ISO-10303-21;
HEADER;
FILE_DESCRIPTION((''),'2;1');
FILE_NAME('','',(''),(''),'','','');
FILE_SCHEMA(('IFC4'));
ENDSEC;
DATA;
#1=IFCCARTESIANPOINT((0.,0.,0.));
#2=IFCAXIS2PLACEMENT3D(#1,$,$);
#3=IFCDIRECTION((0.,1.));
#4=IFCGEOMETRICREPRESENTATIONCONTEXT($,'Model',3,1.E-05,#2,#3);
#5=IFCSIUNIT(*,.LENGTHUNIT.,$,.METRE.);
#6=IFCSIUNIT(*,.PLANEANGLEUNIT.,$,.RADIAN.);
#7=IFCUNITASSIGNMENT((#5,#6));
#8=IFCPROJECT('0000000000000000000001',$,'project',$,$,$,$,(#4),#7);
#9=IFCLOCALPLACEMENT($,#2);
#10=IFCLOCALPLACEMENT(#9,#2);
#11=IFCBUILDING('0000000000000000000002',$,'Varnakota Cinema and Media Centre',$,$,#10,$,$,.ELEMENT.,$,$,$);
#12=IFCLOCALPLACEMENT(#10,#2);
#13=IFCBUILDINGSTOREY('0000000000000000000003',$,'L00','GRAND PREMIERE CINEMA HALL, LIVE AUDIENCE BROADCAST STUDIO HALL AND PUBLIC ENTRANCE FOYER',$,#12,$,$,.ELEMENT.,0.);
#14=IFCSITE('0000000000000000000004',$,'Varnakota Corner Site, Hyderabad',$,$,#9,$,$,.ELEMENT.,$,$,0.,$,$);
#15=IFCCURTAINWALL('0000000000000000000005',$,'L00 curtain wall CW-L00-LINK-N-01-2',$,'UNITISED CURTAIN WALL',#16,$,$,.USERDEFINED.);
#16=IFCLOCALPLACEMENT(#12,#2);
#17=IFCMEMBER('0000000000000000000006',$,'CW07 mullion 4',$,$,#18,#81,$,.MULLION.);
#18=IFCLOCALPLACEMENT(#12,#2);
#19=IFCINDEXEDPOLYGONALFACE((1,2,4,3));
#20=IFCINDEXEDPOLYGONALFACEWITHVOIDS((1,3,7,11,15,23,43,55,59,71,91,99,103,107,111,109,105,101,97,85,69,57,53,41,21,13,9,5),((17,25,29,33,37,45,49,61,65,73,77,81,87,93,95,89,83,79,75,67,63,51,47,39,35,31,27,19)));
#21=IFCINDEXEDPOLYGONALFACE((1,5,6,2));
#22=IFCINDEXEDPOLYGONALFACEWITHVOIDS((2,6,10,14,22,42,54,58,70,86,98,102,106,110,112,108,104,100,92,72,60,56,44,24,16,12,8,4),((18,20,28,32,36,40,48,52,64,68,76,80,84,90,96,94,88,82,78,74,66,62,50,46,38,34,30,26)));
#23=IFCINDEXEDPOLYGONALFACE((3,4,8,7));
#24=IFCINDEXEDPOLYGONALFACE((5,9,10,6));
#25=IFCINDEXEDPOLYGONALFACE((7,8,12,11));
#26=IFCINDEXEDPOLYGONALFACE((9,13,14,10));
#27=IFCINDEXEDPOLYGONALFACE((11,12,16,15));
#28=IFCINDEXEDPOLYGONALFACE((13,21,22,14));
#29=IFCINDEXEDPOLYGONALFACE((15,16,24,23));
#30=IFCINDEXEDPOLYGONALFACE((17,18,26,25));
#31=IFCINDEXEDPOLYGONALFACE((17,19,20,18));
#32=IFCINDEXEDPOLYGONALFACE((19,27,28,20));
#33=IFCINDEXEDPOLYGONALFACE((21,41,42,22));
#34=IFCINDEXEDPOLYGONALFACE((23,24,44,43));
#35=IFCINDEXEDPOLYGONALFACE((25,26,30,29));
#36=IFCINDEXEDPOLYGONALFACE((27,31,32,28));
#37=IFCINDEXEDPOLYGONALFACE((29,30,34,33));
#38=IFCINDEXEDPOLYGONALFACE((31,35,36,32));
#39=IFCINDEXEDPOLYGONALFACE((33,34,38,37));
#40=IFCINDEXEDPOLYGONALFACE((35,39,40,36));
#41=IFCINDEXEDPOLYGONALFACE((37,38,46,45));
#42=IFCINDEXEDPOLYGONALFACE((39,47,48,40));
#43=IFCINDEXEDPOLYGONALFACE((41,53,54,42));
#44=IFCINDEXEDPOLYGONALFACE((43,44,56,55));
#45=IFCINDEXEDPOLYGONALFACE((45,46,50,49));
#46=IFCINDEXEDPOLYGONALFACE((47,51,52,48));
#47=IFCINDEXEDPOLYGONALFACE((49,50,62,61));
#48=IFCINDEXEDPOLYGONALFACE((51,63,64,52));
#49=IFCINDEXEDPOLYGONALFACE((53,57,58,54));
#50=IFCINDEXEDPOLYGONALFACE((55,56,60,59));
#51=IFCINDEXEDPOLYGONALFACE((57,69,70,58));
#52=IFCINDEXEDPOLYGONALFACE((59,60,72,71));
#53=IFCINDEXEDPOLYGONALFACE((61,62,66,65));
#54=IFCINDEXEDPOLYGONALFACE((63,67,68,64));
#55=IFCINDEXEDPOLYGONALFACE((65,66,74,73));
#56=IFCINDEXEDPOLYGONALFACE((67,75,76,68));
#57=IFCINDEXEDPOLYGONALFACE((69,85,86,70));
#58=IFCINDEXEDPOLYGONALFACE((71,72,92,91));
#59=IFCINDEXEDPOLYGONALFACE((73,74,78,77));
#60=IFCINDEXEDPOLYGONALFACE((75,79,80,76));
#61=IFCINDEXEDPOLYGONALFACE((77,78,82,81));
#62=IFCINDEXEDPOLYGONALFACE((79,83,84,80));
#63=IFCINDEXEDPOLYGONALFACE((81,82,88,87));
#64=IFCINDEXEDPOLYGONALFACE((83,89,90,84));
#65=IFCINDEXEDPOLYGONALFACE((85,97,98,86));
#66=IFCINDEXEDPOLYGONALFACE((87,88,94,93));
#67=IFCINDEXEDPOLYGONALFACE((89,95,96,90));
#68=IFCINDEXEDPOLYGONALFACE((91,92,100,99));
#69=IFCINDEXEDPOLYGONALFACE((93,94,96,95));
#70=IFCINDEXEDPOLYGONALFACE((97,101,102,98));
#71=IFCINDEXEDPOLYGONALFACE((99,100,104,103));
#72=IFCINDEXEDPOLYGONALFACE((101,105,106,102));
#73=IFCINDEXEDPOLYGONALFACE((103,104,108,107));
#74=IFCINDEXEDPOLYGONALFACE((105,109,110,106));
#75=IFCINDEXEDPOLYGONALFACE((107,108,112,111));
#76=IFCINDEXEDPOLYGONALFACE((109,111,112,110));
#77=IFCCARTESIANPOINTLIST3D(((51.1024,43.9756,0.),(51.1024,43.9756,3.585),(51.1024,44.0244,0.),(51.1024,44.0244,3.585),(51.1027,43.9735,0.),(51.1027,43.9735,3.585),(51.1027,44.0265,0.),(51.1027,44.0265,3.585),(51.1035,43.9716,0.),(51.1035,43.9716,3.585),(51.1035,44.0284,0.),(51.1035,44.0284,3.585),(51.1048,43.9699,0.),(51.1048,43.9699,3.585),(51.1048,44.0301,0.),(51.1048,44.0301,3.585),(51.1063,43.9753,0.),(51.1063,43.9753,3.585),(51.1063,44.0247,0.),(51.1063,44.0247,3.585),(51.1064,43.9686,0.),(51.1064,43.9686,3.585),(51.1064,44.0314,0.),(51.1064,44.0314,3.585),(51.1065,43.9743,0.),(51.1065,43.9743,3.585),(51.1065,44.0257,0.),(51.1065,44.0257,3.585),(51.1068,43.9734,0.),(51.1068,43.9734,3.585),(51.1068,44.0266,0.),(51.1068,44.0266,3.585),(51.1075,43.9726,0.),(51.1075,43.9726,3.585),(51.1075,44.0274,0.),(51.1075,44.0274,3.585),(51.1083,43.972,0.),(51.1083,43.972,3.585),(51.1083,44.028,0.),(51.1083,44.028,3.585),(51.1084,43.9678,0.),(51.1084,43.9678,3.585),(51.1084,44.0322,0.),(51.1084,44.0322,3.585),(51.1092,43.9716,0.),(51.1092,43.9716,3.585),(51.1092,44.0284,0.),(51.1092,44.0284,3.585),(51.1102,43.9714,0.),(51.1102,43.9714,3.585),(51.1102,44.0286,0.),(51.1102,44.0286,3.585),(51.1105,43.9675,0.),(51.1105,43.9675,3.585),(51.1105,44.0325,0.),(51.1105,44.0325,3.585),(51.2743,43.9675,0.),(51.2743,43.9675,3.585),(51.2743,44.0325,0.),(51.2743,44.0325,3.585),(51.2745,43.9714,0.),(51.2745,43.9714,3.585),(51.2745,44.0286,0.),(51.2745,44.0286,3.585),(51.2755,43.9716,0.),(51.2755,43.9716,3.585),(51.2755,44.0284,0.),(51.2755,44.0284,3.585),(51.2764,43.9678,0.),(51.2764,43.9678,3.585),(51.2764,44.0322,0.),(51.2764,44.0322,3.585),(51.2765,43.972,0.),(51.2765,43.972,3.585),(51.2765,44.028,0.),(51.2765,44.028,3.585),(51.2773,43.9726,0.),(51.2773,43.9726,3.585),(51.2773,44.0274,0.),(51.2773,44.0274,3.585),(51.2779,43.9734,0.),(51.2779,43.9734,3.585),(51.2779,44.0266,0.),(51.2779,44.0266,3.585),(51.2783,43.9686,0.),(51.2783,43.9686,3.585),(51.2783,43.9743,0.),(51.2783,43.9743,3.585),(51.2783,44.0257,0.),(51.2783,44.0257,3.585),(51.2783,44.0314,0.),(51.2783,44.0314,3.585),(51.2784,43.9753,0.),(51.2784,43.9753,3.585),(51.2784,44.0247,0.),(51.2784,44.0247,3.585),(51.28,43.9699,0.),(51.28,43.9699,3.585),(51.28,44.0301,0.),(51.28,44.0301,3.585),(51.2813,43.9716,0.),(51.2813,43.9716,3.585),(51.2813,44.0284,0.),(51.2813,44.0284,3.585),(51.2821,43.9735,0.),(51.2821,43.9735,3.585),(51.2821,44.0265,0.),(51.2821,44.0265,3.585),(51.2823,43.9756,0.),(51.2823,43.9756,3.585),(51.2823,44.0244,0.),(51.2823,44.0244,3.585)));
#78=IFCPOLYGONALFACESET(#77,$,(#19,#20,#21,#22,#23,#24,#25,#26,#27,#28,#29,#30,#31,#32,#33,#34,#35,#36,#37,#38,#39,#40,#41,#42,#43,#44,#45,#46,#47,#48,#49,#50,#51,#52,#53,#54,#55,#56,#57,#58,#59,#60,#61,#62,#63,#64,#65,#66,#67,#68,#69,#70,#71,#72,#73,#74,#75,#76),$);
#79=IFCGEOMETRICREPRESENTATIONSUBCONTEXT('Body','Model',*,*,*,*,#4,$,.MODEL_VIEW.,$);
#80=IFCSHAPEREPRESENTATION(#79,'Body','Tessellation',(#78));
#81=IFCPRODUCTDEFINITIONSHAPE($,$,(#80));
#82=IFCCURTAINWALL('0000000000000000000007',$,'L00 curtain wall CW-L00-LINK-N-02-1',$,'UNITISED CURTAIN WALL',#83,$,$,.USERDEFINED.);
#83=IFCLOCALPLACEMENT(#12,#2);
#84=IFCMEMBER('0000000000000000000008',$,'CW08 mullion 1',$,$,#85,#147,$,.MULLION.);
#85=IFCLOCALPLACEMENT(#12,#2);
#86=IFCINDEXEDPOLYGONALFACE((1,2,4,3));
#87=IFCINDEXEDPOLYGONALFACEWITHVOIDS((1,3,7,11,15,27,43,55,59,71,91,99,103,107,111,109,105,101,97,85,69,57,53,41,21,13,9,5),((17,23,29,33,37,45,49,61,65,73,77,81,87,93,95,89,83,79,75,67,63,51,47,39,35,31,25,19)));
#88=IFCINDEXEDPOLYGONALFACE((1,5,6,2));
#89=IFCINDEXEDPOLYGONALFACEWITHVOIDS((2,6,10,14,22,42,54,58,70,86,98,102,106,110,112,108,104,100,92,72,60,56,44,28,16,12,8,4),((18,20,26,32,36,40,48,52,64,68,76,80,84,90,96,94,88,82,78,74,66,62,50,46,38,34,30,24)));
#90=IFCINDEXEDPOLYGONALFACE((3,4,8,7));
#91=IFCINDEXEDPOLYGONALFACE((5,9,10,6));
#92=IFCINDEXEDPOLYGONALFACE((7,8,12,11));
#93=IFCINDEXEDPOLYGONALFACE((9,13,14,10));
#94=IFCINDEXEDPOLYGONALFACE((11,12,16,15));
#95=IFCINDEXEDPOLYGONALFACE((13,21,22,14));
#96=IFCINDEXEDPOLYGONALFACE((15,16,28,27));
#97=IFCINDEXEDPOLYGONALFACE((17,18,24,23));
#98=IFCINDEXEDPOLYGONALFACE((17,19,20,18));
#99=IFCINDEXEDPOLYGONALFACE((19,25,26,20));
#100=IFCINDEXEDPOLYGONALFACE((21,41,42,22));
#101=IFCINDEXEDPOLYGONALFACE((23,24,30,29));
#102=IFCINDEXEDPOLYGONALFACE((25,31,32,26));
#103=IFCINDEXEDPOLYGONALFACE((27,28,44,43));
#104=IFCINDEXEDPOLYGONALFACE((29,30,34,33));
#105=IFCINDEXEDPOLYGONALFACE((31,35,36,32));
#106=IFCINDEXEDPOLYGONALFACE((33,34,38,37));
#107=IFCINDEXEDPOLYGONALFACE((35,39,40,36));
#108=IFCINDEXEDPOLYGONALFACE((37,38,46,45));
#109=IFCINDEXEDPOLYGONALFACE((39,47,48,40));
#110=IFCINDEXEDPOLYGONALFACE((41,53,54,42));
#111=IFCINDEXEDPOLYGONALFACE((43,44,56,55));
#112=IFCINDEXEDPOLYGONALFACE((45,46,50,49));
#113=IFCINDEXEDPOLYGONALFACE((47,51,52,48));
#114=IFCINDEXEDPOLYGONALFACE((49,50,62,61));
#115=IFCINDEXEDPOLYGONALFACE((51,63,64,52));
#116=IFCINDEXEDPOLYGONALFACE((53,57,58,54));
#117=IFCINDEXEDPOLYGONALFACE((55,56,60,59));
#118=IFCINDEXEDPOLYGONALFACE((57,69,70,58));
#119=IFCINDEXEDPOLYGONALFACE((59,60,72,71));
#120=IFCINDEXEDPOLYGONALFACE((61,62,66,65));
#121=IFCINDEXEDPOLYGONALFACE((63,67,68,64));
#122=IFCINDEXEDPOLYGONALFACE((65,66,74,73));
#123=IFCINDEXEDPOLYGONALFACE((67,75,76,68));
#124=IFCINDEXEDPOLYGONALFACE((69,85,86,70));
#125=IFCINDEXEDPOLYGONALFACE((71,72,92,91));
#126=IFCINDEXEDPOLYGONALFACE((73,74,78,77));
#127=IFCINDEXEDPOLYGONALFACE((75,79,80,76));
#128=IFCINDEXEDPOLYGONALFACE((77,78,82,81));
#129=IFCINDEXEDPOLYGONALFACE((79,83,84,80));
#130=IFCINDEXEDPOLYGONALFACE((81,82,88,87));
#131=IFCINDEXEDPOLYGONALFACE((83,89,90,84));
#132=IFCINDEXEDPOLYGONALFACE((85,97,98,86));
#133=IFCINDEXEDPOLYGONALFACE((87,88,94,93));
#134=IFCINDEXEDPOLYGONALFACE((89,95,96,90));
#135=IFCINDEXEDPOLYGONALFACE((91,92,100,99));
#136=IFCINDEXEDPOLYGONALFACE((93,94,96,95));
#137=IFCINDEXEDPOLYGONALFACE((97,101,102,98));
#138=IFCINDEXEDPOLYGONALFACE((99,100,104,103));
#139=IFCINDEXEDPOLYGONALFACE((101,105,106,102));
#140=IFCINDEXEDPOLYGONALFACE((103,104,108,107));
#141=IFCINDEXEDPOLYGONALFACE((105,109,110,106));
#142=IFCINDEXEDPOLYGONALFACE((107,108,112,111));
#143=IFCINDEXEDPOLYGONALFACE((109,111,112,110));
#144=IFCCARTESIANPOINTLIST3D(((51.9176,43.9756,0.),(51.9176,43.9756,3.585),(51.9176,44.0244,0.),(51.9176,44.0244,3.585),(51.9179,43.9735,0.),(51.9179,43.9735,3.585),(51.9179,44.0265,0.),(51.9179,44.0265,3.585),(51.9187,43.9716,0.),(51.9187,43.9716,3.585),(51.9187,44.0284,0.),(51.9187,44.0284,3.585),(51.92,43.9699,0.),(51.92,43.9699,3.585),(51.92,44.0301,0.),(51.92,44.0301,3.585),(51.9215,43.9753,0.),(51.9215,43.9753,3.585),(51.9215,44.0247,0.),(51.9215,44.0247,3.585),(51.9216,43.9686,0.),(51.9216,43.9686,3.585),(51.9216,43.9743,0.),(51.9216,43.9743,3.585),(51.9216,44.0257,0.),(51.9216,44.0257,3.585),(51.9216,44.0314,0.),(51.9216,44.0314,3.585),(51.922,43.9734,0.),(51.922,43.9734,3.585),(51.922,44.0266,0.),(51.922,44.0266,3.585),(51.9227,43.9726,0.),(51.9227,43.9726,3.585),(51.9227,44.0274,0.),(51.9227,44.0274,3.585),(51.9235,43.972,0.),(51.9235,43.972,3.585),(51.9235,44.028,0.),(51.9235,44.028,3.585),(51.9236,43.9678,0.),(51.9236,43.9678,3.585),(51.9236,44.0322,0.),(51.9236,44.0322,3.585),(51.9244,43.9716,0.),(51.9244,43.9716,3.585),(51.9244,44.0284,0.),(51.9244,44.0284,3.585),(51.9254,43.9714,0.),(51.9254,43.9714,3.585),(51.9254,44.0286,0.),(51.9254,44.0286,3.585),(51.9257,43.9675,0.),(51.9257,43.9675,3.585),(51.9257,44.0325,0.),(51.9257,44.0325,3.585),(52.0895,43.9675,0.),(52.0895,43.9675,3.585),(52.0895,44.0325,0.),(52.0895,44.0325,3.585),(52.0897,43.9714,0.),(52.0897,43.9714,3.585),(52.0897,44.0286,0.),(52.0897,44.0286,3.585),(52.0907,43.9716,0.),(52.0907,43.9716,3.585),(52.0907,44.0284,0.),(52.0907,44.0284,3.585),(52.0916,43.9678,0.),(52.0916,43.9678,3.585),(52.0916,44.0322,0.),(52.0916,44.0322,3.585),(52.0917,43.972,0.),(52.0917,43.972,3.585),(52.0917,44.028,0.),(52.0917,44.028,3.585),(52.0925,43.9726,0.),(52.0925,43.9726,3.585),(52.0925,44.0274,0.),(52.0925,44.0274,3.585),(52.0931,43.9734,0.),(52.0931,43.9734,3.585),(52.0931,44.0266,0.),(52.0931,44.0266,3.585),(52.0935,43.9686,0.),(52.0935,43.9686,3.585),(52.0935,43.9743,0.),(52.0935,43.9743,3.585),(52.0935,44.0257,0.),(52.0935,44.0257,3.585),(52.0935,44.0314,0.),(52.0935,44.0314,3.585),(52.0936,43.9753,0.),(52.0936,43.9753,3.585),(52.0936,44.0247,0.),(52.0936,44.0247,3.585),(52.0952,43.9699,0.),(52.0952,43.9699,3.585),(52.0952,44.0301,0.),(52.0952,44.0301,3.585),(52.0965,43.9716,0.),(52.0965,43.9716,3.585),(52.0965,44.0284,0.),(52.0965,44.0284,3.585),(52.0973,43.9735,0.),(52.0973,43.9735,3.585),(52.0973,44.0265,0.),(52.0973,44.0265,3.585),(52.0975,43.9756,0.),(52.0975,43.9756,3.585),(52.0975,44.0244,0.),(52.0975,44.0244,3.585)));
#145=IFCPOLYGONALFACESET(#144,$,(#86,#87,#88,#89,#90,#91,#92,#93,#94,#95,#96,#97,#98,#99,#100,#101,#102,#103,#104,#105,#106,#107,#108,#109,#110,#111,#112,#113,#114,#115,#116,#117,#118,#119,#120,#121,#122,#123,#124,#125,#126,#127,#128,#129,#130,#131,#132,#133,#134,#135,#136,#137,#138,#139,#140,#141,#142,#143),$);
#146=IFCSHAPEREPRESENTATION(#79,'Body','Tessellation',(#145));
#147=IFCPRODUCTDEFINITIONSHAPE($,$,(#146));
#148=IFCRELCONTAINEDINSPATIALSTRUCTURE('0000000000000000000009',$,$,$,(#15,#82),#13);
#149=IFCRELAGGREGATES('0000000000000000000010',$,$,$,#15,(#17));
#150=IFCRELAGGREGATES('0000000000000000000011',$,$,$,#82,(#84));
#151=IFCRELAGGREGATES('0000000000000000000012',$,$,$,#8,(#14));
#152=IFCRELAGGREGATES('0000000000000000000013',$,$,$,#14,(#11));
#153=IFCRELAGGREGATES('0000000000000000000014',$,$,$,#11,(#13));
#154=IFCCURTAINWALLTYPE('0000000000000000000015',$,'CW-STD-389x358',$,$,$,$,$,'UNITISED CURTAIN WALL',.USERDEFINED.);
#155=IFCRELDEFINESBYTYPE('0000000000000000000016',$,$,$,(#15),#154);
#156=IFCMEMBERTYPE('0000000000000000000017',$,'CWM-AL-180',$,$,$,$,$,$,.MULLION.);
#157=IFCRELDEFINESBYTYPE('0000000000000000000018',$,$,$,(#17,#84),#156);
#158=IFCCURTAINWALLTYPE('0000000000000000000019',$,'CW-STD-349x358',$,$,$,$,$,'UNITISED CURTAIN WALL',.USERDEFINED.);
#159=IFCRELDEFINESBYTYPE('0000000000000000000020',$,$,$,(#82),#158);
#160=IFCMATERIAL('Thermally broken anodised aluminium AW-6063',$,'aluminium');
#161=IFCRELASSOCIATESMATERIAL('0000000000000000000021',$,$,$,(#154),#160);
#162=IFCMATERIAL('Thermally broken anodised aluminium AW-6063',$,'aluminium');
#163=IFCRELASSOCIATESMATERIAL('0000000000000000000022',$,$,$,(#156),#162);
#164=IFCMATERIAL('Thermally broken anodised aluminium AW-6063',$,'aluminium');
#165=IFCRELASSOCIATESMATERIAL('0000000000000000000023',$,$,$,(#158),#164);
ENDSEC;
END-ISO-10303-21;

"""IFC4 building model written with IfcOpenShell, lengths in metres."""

from ifc_helpers import new_model, si_unit, direction, frame, origin, origin_2d, place, context, subcontext, project, spatial, hollow_rectangle, extrude, material, material_profile, profile_set, type_object, element, aggregate, save


model = new_model("IFC4")

# Units and contexts
model_context = context("Model", 3, precision=1e-05, world=origin(), true_north=direction((0.0, 1.0)))
body_context = subcontext(model_context, "Body", "Model", "MODEL_VIEW")
ifc_project = project(units=[si_unit("LENGTHUNIT", "METRE"), si_unit("PLANEANGLEUNIT", "RADIAN")], contexts=[model_context])

# Site, building, storey
site_placement = place(None, origin())
site = spatial("IfcSite", under=ifc_project, at=site_placement, Name="Varnakota Corner Site, Hyderabad", CompositionType="ELEMENT", RefElevation=0.0)
building_placement = place(site_placement, origin())
building = spatial("IfcBuilding", under=site, at=building_placement, Name="Varnakota Cinema and Media Centre", CompositionType="ELEMENT")
storey_placement = place(building_placement, origin())
storey = spatial("IfcBuildingStorey", under=building, at=storey_placement, Name="L00", Description="GRAND PREMIERE CINEMA HALL, LIVE AUDIENCE BROADCAST STUDIO HALL AND PUBLIC ENTRANCE FOYER", CompositionType="ELEMENT", Elevation=0.0)

# Curtain walls, members
ifc_material_1 = material(Name="Thermally broken anodised aluminium AW-6063", Category="aluminium")
curtain_wall_type_1 = type_object("IfcCurtainWallType", Name="CW-STD-389x358", ElementType="UNITISED CURTAIN WALL", PredefinedType="USERDEFINED", material=ifc_material_1)
curtain_wall_1_placement = place(storey_placement, origin())
curtain_wall_1 = element("IfcCurtainWall", 1, at=curtain_wall_1_placement, inside=storey, type_object=curtain_wall_type_1, Name="L00 curtain wall CW-L00-LINK-N-01-2", ObjectType="UNITISED CURTAIN WALL", PredefinedType="USERDEFINED")
ifc_material_2 = material(Name="Thermally broken anodised aluminium AW-6063", Category="aluminium")
ifc_material_profile_1 = material_profile(ifc_material_2, hollow_rectangle(XDim=0.0649, YDim=0.1799, WallThickness=0.0039, InnerFilletRadius=0.0039, OuterFilletRadius=0.0081, at=origin_2d()), Name="AL-MULLION 180x65x4")
ifc_profile_set_1 = profile_set([ifc_material_profile_1], Name="Thermally broken anodised aluminium AW-6063")
member_type_1 = type_object("IfcMemberType", Name="CWM-AL-180", PredefinedType="MULLION", material=ifc_profile_set_1)
member_1_placement = place(storey_placement, frame((51.1924, 44.0, 0.0), z_axis=(0.0, 0.0, 1.0), x_axis=(0.0, 1.0, 0.0)))
member_1 = element("IfcMember", 2, at=member_1_placement, type_object=member_type_1, Name="CW07 mullion 4", PredefinedType="MULLION", context=body_context, shape_type="SweptSolid", body=[
    extrude(hollow_rectangle(XDim=0.0649, YDim=0.1799, WallThickness=0.0039, InnerFilletRadius=0.0039, OuterFilletRadius=0.0081, at=origin_2d()), origin(), (0.0, 0.0, 1.0), 3.585),
])
ifc_material_3 = material(Name="Thermally broken anodised aluminium AW-6063", Category="aluminium")
curtain_wall_type_2 = type_object("IfcCurtainWallType", Name="CW-STD-349x358", ElementType="UNITISED CURTAIN WALL", PredefinedType="USERDEFINED", material=ifc_material_3)
curtain_wall_2_placement = place(storey_placement, origin())
curtain_wall_2 = element("IfcCurtainWall", 3, at=curtain_wall_2_placement, inside=storey, type_object=curtain_wall_type_2, Name="L00 curtain wall CW-L00-LINK-N-02-1", ObjectType="UNITISED CURTAIN WALL", PredefinedType="USERDEFINED")
member_2_placement = place(storey_placement, frame((52.0076, 44.0, 0.0), z_axis=(0.0, 0.0, 1.0), x_axis=(0.0, 1.0, 0.0)))
member_2 = element("IfcMember", 4, at=member_2_placement, type_object=member_type_1, Name="CW08 mullion 1", PredefinedType="MULLION", context=body_context, shape_type="SweptSolid", body=[
    extrude(hollow_rectangle(XDim=0.0649, YDim=0.1799, WallThickness=0.0039, InnerFilletRadius=0.0039, OuterFilletRadius=0.0081, at=origin_2d()), origin(), (0.0, 0.0, 1.0), 3.585),
])

aggregate(curtain_wall_1, [member_1])
aggregate(curtain_wall_2, [member_2])

save(model, "model.ifc")
